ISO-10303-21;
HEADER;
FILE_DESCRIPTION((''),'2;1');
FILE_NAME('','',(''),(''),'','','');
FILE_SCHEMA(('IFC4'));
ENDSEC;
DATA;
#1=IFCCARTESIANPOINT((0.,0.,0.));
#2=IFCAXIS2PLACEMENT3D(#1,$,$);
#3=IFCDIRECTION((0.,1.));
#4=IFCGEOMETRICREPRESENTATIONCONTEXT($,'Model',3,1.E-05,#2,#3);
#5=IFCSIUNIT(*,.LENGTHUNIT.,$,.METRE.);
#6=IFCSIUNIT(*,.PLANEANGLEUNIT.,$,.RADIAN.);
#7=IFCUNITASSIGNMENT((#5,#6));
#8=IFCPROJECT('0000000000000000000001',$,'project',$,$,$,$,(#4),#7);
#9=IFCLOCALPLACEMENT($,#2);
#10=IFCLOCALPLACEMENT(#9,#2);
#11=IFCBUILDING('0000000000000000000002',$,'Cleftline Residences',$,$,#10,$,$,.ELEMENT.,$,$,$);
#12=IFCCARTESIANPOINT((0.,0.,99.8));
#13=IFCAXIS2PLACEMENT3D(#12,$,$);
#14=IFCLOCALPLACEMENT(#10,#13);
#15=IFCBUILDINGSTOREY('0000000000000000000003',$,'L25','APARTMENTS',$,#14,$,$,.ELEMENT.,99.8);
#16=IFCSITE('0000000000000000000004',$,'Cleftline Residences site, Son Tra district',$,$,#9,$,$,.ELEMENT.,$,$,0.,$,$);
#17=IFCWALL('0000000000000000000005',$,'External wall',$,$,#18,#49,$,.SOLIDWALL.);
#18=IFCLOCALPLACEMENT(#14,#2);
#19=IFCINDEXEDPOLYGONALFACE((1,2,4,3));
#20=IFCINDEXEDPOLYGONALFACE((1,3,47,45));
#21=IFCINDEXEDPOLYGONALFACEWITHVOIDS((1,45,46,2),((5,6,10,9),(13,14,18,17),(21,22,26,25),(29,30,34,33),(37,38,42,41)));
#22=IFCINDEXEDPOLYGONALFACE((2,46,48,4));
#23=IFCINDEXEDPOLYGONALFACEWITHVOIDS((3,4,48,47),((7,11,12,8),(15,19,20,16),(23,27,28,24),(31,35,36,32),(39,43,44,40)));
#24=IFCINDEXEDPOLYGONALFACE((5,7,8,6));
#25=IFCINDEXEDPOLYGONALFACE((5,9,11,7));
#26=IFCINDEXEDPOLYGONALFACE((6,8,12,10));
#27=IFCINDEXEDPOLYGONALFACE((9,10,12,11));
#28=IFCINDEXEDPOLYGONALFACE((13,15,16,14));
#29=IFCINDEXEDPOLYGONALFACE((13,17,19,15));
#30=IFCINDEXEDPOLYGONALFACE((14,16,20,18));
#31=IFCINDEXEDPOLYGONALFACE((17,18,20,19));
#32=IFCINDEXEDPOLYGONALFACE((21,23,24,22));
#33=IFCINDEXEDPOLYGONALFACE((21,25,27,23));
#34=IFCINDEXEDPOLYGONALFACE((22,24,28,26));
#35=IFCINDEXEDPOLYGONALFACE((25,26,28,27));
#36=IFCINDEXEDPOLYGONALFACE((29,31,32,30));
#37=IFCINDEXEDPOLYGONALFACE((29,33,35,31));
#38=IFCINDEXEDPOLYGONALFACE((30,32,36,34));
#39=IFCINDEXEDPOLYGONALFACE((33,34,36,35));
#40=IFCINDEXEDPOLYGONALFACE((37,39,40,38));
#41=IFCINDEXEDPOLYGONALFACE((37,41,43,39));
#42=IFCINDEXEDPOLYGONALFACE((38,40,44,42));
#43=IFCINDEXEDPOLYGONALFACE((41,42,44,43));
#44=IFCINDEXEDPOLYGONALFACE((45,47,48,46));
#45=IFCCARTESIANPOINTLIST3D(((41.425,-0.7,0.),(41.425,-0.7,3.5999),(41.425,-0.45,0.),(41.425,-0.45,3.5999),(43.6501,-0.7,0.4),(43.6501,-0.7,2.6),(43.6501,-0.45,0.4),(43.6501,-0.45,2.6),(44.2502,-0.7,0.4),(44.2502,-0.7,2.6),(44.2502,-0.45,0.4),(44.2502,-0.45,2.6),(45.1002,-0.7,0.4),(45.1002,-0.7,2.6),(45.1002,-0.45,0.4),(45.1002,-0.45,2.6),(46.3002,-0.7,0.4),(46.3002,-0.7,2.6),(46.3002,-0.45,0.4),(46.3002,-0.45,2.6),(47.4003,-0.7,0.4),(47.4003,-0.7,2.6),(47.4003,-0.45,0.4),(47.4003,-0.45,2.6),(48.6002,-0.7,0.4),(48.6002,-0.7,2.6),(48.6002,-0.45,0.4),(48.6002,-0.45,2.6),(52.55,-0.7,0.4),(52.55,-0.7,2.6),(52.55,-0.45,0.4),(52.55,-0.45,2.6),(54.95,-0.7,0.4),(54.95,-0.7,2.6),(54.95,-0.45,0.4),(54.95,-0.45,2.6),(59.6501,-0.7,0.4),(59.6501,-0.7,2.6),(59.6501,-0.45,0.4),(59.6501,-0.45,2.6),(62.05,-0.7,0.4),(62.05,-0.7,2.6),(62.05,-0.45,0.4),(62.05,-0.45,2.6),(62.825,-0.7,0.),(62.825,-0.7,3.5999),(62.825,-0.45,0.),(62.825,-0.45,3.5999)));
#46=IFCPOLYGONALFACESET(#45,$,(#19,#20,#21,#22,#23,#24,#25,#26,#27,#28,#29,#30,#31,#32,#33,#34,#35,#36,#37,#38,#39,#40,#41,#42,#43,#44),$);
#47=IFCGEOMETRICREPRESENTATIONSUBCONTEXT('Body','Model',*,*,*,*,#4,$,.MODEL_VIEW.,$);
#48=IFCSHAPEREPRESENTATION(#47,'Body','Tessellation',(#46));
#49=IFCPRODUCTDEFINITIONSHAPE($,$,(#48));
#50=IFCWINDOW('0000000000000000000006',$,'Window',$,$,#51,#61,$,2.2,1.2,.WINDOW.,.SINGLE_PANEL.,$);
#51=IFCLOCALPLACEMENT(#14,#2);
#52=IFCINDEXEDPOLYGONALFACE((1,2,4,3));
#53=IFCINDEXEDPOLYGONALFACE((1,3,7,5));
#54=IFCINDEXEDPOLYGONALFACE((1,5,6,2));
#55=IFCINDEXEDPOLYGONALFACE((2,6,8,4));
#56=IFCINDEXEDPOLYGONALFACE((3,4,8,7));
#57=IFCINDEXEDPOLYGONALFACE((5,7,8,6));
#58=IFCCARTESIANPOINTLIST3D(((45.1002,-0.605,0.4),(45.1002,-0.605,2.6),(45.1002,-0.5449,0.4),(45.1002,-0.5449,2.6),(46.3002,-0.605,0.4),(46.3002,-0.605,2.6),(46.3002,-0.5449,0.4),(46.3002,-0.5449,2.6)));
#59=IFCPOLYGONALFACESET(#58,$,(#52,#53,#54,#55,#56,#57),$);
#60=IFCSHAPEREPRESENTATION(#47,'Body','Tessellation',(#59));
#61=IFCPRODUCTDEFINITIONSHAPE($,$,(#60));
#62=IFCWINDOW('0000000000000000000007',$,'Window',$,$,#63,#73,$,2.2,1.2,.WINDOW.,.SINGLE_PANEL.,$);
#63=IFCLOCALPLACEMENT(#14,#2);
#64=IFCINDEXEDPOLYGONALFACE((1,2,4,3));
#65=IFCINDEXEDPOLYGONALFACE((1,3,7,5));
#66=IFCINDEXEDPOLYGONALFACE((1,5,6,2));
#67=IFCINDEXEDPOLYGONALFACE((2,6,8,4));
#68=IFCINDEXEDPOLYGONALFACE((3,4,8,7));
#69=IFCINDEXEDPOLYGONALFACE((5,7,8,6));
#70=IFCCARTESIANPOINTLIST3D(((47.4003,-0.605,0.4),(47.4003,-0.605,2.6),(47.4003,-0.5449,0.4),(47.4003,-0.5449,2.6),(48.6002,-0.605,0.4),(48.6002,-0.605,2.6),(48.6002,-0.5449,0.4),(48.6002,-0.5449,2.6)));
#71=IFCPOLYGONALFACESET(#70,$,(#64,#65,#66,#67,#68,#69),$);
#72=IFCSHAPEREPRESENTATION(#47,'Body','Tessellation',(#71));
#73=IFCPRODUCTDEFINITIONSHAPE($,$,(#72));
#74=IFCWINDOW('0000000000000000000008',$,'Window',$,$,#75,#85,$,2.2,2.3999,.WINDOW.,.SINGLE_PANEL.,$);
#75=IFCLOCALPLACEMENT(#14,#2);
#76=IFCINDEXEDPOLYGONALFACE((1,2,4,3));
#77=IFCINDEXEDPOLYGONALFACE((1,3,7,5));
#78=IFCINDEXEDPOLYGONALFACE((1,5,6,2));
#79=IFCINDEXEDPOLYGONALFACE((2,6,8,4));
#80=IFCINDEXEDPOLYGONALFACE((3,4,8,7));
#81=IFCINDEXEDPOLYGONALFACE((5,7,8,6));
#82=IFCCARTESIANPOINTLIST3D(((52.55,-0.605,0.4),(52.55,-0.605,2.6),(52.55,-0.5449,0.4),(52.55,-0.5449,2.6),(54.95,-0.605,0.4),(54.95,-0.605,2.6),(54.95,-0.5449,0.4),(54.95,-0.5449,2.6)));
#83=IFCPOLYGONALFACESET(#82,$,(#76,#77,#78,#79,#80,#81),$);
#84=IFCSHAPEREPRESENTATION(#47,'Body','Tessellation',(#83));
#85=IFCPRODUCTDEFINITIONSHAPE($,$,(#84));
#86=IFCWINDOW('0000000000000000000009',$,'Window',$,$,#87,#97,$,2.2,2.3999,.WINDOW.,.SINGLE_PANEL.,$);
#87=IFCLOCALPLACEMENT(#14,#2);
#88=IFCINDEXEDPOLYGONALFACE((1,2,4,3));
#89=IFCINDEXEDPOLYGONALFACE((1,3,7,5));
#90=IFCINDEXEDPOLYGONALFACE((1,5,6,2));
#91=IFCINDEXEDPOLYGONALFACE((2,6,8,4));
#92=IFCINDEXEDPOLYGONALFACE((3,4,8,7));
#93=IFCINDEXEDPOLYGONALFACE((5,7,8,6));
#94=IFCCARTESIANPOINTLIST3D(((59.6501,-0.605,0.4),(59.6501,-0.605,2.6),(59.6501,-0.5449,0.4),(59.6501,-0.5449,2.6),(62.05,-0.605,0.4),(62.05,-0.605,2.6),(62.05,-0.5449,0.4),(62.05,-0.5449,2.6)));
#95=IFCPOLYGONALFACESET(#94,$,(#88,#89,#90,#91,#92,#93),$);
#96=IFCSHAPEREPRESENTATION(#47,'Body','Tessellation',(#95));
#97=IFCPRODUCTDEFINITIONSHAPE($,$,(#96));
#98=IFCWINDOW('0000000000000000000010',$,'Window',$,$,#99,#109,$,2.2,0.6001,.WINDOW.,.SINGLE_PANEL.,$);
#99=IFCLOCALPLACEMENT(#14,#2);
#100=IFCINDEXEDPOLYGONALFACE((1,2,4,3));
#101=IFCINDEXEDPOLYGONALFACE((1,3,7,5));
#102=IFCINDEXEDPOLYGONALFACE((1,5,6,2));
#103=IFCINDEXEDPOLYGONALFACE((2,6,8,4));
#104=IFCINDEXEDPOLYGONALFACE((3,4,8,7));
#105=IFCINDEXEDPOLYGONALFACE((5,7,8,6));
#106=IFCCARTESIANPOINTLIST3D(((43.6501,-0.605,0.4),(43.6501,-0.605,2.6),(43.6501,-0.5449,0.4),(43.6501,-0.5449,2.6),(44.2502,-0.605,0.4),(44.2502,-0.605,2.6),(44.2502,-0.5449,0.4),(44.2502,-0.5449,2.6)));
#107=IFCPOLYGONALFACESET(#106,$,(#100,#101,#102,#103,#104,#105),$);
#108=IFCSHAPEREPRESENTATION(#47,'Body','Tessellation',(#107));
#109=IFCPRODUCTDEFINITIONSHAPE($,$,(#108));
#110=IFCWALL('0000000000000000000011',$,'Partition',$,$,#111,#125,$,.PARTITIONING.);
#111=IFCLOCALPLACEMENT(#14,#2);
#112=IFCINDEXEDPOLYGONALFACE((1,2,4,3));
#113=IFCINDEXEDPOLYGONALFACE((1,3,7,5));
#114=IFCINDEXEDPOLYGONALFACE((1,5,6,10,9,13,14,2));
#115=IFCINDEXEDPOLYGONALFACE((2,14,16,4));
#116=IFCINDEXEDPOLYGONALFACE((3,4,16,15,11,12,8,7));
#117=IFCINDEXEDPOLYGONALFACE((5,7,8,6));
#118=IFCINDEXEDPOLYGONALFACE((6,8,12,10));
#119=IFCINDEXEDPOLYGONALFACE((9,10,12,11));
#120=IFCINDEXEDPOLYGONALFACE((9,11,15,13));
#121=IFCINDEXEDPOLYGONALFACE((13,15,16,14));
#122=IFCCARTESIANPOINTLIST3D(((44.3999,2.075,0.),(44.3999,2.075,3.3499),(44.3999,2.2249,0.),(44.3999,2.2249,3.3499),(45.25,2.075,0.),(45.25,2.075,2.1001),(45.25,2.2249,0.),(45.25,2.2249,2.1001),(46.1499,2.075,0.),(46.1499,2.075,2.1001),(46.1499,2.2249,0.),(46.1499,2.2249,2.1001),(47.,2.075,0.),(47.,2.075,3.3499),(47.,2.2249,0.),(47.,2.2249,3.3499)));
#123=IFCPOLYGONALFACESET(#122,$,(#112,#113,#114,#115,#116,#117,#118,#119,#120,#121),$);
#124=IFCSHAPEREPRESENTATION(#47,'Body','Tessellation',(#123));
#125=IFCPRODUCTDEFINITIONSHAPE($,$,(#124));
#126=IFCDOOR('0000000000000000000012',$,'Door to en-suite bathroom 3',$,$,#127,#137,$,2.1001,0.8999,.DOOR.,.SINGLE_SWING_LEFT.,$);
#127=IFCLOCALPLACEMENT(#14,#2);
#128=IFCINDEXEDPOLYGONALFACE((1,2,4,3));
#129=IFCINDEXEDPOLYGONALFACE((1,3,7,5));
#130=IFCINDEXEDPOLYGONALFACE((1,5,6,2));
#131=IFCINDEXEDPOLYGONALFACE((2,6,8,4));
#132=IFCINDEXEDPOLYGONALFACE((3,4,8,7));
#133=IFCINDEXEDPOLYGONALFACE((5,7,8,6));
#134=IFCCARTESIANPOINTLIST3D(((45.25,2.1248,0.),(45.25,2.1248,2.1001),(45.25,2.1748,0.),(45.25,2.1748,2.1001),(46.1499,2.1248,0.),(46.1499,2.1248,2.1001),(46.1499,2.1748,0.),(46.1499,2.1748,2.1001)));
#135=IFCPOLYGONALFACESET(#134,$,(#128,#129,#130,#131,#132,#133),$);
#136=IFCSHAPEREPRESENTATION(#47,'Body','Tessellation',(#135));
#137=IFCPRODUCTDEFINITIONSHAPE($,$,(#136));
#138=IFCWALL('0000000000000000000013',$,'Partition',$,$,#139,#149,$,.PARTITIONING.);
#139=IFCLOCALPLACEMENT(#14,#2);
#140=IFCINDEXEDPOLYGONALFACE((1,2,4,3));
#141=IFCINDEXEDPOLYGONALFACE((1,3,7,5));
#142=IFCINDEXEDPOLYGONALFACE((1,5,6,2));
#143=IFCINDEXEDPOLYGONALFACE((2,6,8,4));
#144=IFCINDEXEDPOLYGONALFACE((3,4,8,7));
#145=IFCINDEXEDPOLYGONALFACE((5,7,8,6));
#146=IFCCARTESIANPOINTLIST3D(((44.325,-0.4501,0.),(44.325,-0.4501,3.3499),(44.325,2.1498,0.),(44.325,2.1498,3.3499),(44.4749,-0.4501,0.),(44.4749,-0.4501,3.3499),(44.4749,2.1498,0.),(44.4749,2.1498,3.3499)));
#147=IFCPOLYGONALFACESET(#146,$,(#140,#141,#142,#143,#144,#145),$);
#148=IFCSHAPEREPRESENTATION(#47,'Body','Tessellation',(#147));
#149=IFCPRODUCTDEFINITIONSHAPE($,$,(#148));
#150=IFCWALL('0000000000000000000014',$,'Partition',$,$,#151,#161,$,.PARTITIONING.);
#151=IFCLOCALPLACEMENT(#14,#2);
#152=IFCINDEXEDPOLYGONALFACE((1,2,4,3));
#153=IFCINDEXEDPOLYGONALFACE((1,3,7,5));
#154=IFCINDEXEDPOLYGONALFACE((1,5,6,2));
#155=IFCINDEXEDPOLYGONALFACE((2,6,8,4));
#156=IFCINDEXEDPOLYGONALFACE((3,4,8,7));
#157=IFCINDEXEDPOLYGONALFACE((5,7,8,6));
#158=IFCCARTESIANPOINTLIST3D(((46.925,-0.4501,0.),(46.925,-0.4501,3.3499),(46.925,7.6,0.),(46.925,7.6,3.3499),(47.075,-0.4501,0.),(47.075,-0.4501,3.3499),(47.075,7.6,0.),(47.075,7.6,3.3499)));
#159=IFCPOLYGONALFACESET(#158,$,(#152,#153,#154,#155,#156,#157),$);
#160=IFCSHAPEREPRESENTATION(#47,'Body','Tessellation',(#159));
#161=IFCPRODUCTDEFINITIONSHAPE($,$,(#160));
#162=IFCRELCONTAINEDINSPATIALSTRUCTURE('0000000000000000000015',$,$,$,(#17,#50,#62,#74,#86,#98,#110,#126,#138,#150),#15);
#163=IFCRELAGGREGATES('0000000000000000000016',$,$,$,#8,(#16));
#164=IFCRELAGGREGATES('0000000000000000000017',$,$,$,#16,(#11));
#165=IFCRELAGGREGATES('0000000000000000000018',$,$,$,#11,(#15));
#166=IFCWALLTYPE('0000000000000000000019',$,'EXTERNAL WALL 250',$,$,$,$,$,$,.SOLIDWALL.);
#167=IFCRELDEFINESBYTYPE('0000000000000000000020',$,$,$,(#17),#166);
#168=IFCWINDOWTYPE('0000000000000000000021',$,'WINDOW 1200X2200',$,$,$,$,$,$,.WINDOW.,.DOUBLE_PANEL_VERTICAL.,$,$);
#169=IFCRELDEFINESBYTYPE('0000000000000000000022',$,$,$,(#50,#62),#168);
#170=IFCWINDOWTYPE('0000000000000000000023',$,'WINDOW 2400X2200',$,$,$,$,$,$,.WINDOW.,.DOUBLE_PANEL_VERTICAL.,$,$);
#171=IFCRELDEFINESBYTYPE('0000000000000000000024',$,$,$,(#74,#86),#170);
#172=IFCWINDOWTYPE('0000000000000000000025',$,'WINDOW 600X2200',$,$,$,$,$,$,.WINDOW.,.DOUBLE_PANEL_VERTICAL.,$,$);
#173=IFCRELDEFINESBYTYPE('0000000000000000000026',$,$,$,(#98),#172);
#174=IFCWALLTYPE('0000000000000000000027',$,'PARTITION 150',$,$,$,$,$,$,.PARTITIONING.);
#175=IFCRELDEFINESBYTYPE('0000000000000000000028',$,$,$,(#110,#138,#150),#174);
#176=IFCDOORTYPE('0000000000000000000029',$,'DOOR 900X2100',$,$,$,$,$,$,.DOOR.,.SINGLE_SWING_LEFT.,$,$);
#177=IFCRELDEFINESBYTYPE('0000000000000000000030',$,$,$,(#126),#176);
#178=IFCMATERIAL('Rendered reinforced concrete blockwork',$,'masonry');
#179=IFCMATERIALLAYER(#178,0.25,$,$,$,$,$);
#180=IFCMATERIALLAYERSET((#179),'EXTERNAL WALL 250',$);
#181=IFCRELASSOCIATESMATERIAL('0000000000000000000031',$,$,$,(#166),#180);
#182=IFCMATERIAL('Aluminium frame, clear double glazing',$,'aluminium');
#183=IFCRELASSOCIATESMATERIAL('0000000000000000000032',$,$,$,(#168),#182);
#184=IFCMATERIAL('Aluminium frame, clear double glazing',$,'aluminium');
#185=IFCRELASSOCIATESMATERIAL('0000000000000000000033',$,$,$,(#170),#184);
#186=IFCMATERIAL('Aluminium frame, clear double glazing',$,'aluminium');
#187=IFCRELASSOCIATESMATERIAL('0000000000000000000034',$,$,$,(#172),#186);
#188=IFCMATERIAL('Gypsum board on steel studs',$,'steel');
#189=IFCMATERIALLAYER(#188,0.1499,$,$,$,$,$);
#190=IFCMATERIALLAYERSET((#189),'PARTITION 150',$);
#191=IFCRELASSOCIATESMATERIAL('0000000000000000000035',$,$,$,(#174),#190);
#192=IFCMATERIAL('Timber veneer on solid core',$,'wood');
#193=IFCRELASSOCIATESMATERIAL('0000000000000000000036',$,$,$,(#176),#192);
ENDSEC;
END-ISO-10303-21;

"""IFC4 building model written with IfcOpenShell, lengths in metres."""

from ifc_helpers import new_model, si_unit, direction, frame, frame_2d, origin, place, context, subcontext, project, spatial, rectangle, extrude, material, layer, layer_set, type_object, element, fill, save


model = new_model("IFC4")

# Units and contexts
model_context = context("Model", 3, precision=1e-05, world=origin(), true_north=direction((0.0, 1.0)))
body_context = subcontext(model_context, "Body", "Model", "MODEL_VIEW")
ifc_project = project(units=[si_unit("LENGTHUNIT", "METRE"), si_unit("PLANEANGLEUNIT", "RADIAN")], contexts=[model_context])

# Site, building, storey
site_placement = place(None, origin())
site = spatial("IfcSite", under=ifc_project, at=site_placement, Name="Cleftline Residences site, Son Tra district", CompositionType="ELEMENT", RefElevation=0.0)
building_placement = place(site_placement, origin())
building = spatial("IfcBuilding", under=site, at=building_placement, Name="Cleftline Residences", CompositionType="ELEMENT")
storey_placement = place(building_placement, frame((0.0, 0.0, 99.8)))
storey = spatial("IfcBuildingStorey", under=building, at=storey_placement, Name="L25", Description="APARTMENTS", CompositionType="ELEMENT", Elevation=99.8)

# Wall, openings, windows
ifc_material_1 = material(Name="Rendered reinforced concrete blockwork", Category="masonry")
ifc_layer_1 = layer(ifc_material_1, 0.25)
ifc_layer_set_1 = layer_set([ifc_layer_1], Name="EXTERNAL WALL 250")
wall_type_1 = type_object("IfcWallType", Name="EXTERNAL WALL 250", PredefinedType="SOLIDWALL", material=ifc_layer_set_1)
wall_1_placement = place(storey_placement, frame((41.425, -0.575, 0.0), z_axis=(0.0, 0.0, 1.0), x_axis=(1.0, 0.0, 0.0)))
wall_1 = element("IfcWall", 1, at=wall_1_placement, inside=storey, type_object=wall_type_1, Name="External wall", PredefinedType="SOLIDWALL", context=body_context, shape_type="SweptSolid", body=[
    extrude(rectangle(XDim=21.3999, YDim=0.25, at=frame_2d((10.7, 0.0))), origin(), (0.0, 0.0, 1.0), 3.5999),
])
opening_1_placement = place(wall_1_placement, frame((2.2251, 0.0, 0.3999)))
opening_1 = element("IfcOpeningElement", 2, at=opening_1_placement, cuts=wall_1, PredefinedType="OPENING", context=body_context, shape_type="SweptSolid", body=[
    extrude(rectangle(XDim=0.6001, YDim=2.2, at=frame_2d((0.3, 1.1001))), frame((0.0, 0.135, 0.0), z_axis=(0.0, -1.0, 0.0), x_axis=(1.0, 0.0, 0.0)), (0.0, 0.0, 1.0), 0.27),
])
opening_2_placement = place(wall_1_placement, frame((3.675, 0.0, 0.3999)))
opening_2 = element("IfcOpeningElement", 3, at=opening_2_placement, cuts=wall_1, PredefinedType="OPENING", context=body_context, shape_type="SweptSolid", body=[
    extrude(rectangle(XDim=1.2, YDim=2.2, at=frame_2d((0.6001, 1.1001))), frame((0.0, 0.135, 0.0), z_axis=(0.0, -1.0, 0.0), x_axis=(1.0, 0.0, 0.0)), (0.0, 0.0, 1.0), 0.27),
])
opening_3_placement = place(wall_1_placement, frame((5.9751, 0.0, 0.3999)))
opening_3 = element("IfcOpeningElement", 4, at=opening_3_placement, cuts=wall_1, PredefinedType="OPENING", context=body_context, shape_type="SweptSolid", body=[
    extrude(rectangle(XDim=1.2, YDim=2.2, at=frame_2d((0.6001, 1.1001))), frame((0.0, 0.135, 0.0), z_axis=(0.0, -1.0, 0.0), x_axis=(1.0, 0.0, 0.0)), (0.0, 0.0, 1.0), 0.27),
])
opening_4_placement = place(wall_1_placement, frame((11.125, 0.0, 0.3999)))
opening_4 = element("IfcOpeningElement", 5, at=opening_4_placement, cuts=wall_1, PredefinedType="OPENING", context=body_context, shape_type="SweptSolid", body=[
    extrude(rectangle(XDim=2.3999, YDim=2.2, at=frame_2d((1.2, 1.1001))), frame((0.0, 0.135, 0.0), z_axis=(0.0, -1.0, 0.0), x_axis=(1.0, 0.0, 0.0)), (0.0, 0.0, 1.0), 0.27),
])
opening_5_placement = place(wall_1_placement, frame((18.2251, 0.0, 0.3999)))
opening_5 = element("IfcOpeningElement", 6, at=opening_5_placement, cuts=wall_1, PredefinedType="OPENING", context=body_context, shape_type="SweptSolid", body=[
    extrude(rectangle(XDim=2.3999, YDim=2.2, at=frame_2d((1.2, 1.1001))), frame((0.0, 0.135, 0.0), z_axis=(0.0, -1.0, 0.0), x_axis=(1.0, 0.0, 0.0)), (0.0, 0.0, 1.0), 0.27),
])
ifc_material_2 = material(Name="Aluminium frame, clear double glazing", Category="aluminium")
window_type_1 = type_object("IfcWindowType", Name="WINDOW 1200X2200", PartitioningType="DOUBLE_PANEL_VERTICAL", PredefinedType="WINDOW", material=ifc_material_2)
window_1_placement = place(opening_2_placement, origin())
window_1 = element("IfcWindow", 7, at=window_1_placement, inside=storey, type_object=window_type_1, Name="Window", OverallHeight=2.2, OverallWidth=1.2, PartitioningType="SINGLE_PANEL", PredefinedType="WINDOW", context=body_context, shape_type="SweptSolid", body=[
    extrude(rectangle(XDim=1.2, YDim=2.2, at=frame_2d((0.6001, 1.1001))), frame((0.0, 0.03, 0.0), z_axis=(0.0, -1.0, 0.0), x_axis=(1.0, 0.0, 0.0)), (0.0, 0.0, 1.0), 0.0601),
])
fill(opening_2, window_1)
window_2_placement = place(opening_3_placement, origin())
window_2 = element("IfcWindow", 8, at=window_2_placement, inside=storey, type_object=window_type_1, Name="Window", OverallHeight=2.2, OverallWidth=1.2, PartitioningType="SINGLE_PANEL", PredefinedType="WINDOW", context=body_context, shape_type="SweptSolid", body=[
    extrude(rectangle(XDim=1.2, YDim=2.2, at=frame_2d((0.6001, 1.1001))), frame((0.0, 0.03, 0.0), z_axis=(0.0, -1.0, 0.0), x_axis=(1.0, 0.0, 0.0)), (0.0, 0.0, 1.0), 0.0601),
])
fill(opening_3, window_2)
ifc_material_3 = material(Name="Aluminium frame, clear double glazing", Category="aluminium")
window_type_2 = type_object("IfcWindowType", Name="WINDOW 2400X2200", PartitioningType="DOUBLE_PANEL_VERTICAL", PredefinedType="WINDOW", material=ifc_material_3)
window_3_placement = place(opening_4_placement, origin())
window_3 = element("IfcWindow", 9, at=window_3_placement, inside=storey, type_object=window_type_2, Name="Window", OverallHeight=2.2, OverallWidth=2.3999, PartitioningType="SINGLE_PANEL", PredefinedType="WINDOW", context=body_context, shape_type="SweptSolid", body=[
    extrude(rectangle(XDim=2.3999, YDim=2.2, at=frame_2d((1.2, 1.1001))), frame((0.0, 0.03, 0.0), z_axis=(0.0, -1.0, 0.0), x_axis=(1.0, 0.0, 0.0)), (0.0, 0.0, 1.0), 0.0601),
])
fill(opening_4, window_3)
window_4_placement = place(opening_5_placement, origin())
window_4 = element("IfcWindow", 10, at=window_4_placement, inside=storey, type_object=window_type_2, Name="Window", OverallHeight=2.2, OverallWidth=2.3999, PartitioningType="SINGLE_PANEL", PredefinedType="WINDOW", context=body_context, shape_type="SweptSolid", body=[
    extrude(rectangle(XDim=2.3999, YDim=2.2, at=frame_2d((1.2, 1.1001))), frame((0.0, 0.03, 0.0), z_axis=(0.0, -1.0, 0.0), x_axis=(1.0, 0.0, 0.0)), (0.0, 0.0, 1.0), 0.0601),
])
fill(opening_5, window_4)
ifc_material_4 = material(Name="Aluminium frame, clear double glazing", Category="aluminium")
window_type_3 = type_object("IfcWindowType", Name="WINDOW 600X2200", PartitioningType="DOUBLE_PANEL_VERTICAL", PredefinedType="WINDOW", material=ifc_material_4)
window_5_placement = place(opening_1_placement, origin())
window_5 = element("IfcWindow", 11, at=window_5_placement, inside=storey, type_object=window_type_3, Name="Window", OverallHeight=2.2, OverallWidth=0.6001, PartitioningType="SINGLE_PANEL", PredefinedType="WINDOW", context=body_context, shape_type="SweptSolid", body=[
    extrude(rectangle(XDim=0.6001, YDim=2.2, at=frame_2d((0.3, 1.1001))), frame((0.0, 0.03, 0.0), z_axis=(0.0, -1.0, 0.0), x_axis=(1.0, 0.0, 0.0)), (0.0, 0.0, 1.0), 0.0601),
])
fill(opening_1, window_5)

# Wall, opening, door
ifc_material_5 = material(Name="Gypsum board on steel studs", Category="steel")
ifc_layer_2 = layer(ifc_material_5, 0.1499)
ifc_layer_set_2 = layer_set([ifc_layer_2], Name="PARTITION 150")
wall_type_2 = type_object("IfcWallType", Name="PARTITION 150", PredefinedType="PARTITIONING", material=ifc_layer_set_2)
wall_2_placement = place(storey_placement, frame((44.3999, 2.1499, 0.0), z_axis=(0.0, 0.0, 1.0), x_axis=(1.0, 0.0, 0.0)))
wall_2 = element("IfcWall", 12, at=wall_2_placement, inside=storey, type_object=wall_type_2, Name="Partition", PredefinedType="PARTITIONING", context=body_context, shape_type="SweptSolid", body=[
    extrude(rectangle(XDim=2.6001, YDim=0.1499, at=frame_2d((1.3, 0.0))), origin(), (0.0, 0.0, 1.0), 3.3499),
])
opening_6_placement = place(wall_2_placement, frame((0.8501, 0.0, 0.0)))
opening_6 = element("IfcOpeningElement", 13, at=opening_6_placement, cuts=wall_2, PredefinedType="OPENING", context=body_context, shape_type="SweptSolid", body=[
    extrude(rectangle(XDim=0.8999, YDim=2.1001, at=frame_2d((0.45, 1.05))), frame((0.0, 0.085, 0.0), z_axis=(0.0, -1.0, 0.0), x_axis=(1.0, 0.0, 0.0)), (0.0, 0.0, 1.0), 0.1699),
])
ifc_material_6 = material(Name="Timber veneer on solid core", Category="wood")
door_type = type_object("IfcDoorType", Name="DOOR 900X2100", OperationType="SINGLE_SWING_LEFT", PredefinedType="DOOR", material=ifc_material_6)
door_placement = place(opening_6_placement, origin())
door = element("IfcDoor", 14, at=door_placement, inside=storey, type_object=door_type, Name="Door to en-suite bathroom 3", OperationType="SINGLE_SWING_LEFT", OverallHeight=2.1001, OverallWidth=0.8999, PredefinedType="DOOR", context=body_context, shape_type="SweptSolid", body=[
    extrude(rectangle(XDim=0.8999, YDim=2.1001, at=frame_2d((0.45, 1.05))), frame((0.0, 0.0249, 0.0), z_axis=(0.0, -1.0, 0.0), x_axis=(1.0, 0.0, 0.0)), (0.0, 0.0, 1.0), 0.05),
])
fill(opening_6, door)

# Walls
wall_3_placement = place(storey_placement, frame((44.3999, -0.45, 0.0), z_axis=(0.0, 0.0, 1.0), x_axis=(0.0, 1.0, 0.0)))
element("IfcWall", 15, at=wall_3_placement, inside=storey, type_object=wall_type_2, Name="Partition", PredefinedType="PARTITIONING", context=body_context, shape_type="SweptSolid", body=[
    extrude(rectangle(XDim=2.5999, YDim=0.1499, at=frame_2d((1.2998, 0.0))), origin(), (0.0, 0.0, 1.0), 3.3499),
])
wall_4_placement = place(storey_placement, frame((47.0, -0.45, 0.0), z_axis=(0.0, 0.0, 1.0), x_axis=(0.0, 1.0, 0.0)))
element("IfcWall", 16, at=wall_4_placement, inside=storey, type_object=wall_type_2, Name="Partition", PredefinedType="PARTITIONING", context=body_context, shape_type="SweptSolid", body=[
    extrude(rectangle(XDim=8.05, YDim=0.1499, at=frame_2d((4.0249, 0.0))), origin(), (0.0, 0.0, 1.0), 3.3499),
])

save(model, "model.ifc")
